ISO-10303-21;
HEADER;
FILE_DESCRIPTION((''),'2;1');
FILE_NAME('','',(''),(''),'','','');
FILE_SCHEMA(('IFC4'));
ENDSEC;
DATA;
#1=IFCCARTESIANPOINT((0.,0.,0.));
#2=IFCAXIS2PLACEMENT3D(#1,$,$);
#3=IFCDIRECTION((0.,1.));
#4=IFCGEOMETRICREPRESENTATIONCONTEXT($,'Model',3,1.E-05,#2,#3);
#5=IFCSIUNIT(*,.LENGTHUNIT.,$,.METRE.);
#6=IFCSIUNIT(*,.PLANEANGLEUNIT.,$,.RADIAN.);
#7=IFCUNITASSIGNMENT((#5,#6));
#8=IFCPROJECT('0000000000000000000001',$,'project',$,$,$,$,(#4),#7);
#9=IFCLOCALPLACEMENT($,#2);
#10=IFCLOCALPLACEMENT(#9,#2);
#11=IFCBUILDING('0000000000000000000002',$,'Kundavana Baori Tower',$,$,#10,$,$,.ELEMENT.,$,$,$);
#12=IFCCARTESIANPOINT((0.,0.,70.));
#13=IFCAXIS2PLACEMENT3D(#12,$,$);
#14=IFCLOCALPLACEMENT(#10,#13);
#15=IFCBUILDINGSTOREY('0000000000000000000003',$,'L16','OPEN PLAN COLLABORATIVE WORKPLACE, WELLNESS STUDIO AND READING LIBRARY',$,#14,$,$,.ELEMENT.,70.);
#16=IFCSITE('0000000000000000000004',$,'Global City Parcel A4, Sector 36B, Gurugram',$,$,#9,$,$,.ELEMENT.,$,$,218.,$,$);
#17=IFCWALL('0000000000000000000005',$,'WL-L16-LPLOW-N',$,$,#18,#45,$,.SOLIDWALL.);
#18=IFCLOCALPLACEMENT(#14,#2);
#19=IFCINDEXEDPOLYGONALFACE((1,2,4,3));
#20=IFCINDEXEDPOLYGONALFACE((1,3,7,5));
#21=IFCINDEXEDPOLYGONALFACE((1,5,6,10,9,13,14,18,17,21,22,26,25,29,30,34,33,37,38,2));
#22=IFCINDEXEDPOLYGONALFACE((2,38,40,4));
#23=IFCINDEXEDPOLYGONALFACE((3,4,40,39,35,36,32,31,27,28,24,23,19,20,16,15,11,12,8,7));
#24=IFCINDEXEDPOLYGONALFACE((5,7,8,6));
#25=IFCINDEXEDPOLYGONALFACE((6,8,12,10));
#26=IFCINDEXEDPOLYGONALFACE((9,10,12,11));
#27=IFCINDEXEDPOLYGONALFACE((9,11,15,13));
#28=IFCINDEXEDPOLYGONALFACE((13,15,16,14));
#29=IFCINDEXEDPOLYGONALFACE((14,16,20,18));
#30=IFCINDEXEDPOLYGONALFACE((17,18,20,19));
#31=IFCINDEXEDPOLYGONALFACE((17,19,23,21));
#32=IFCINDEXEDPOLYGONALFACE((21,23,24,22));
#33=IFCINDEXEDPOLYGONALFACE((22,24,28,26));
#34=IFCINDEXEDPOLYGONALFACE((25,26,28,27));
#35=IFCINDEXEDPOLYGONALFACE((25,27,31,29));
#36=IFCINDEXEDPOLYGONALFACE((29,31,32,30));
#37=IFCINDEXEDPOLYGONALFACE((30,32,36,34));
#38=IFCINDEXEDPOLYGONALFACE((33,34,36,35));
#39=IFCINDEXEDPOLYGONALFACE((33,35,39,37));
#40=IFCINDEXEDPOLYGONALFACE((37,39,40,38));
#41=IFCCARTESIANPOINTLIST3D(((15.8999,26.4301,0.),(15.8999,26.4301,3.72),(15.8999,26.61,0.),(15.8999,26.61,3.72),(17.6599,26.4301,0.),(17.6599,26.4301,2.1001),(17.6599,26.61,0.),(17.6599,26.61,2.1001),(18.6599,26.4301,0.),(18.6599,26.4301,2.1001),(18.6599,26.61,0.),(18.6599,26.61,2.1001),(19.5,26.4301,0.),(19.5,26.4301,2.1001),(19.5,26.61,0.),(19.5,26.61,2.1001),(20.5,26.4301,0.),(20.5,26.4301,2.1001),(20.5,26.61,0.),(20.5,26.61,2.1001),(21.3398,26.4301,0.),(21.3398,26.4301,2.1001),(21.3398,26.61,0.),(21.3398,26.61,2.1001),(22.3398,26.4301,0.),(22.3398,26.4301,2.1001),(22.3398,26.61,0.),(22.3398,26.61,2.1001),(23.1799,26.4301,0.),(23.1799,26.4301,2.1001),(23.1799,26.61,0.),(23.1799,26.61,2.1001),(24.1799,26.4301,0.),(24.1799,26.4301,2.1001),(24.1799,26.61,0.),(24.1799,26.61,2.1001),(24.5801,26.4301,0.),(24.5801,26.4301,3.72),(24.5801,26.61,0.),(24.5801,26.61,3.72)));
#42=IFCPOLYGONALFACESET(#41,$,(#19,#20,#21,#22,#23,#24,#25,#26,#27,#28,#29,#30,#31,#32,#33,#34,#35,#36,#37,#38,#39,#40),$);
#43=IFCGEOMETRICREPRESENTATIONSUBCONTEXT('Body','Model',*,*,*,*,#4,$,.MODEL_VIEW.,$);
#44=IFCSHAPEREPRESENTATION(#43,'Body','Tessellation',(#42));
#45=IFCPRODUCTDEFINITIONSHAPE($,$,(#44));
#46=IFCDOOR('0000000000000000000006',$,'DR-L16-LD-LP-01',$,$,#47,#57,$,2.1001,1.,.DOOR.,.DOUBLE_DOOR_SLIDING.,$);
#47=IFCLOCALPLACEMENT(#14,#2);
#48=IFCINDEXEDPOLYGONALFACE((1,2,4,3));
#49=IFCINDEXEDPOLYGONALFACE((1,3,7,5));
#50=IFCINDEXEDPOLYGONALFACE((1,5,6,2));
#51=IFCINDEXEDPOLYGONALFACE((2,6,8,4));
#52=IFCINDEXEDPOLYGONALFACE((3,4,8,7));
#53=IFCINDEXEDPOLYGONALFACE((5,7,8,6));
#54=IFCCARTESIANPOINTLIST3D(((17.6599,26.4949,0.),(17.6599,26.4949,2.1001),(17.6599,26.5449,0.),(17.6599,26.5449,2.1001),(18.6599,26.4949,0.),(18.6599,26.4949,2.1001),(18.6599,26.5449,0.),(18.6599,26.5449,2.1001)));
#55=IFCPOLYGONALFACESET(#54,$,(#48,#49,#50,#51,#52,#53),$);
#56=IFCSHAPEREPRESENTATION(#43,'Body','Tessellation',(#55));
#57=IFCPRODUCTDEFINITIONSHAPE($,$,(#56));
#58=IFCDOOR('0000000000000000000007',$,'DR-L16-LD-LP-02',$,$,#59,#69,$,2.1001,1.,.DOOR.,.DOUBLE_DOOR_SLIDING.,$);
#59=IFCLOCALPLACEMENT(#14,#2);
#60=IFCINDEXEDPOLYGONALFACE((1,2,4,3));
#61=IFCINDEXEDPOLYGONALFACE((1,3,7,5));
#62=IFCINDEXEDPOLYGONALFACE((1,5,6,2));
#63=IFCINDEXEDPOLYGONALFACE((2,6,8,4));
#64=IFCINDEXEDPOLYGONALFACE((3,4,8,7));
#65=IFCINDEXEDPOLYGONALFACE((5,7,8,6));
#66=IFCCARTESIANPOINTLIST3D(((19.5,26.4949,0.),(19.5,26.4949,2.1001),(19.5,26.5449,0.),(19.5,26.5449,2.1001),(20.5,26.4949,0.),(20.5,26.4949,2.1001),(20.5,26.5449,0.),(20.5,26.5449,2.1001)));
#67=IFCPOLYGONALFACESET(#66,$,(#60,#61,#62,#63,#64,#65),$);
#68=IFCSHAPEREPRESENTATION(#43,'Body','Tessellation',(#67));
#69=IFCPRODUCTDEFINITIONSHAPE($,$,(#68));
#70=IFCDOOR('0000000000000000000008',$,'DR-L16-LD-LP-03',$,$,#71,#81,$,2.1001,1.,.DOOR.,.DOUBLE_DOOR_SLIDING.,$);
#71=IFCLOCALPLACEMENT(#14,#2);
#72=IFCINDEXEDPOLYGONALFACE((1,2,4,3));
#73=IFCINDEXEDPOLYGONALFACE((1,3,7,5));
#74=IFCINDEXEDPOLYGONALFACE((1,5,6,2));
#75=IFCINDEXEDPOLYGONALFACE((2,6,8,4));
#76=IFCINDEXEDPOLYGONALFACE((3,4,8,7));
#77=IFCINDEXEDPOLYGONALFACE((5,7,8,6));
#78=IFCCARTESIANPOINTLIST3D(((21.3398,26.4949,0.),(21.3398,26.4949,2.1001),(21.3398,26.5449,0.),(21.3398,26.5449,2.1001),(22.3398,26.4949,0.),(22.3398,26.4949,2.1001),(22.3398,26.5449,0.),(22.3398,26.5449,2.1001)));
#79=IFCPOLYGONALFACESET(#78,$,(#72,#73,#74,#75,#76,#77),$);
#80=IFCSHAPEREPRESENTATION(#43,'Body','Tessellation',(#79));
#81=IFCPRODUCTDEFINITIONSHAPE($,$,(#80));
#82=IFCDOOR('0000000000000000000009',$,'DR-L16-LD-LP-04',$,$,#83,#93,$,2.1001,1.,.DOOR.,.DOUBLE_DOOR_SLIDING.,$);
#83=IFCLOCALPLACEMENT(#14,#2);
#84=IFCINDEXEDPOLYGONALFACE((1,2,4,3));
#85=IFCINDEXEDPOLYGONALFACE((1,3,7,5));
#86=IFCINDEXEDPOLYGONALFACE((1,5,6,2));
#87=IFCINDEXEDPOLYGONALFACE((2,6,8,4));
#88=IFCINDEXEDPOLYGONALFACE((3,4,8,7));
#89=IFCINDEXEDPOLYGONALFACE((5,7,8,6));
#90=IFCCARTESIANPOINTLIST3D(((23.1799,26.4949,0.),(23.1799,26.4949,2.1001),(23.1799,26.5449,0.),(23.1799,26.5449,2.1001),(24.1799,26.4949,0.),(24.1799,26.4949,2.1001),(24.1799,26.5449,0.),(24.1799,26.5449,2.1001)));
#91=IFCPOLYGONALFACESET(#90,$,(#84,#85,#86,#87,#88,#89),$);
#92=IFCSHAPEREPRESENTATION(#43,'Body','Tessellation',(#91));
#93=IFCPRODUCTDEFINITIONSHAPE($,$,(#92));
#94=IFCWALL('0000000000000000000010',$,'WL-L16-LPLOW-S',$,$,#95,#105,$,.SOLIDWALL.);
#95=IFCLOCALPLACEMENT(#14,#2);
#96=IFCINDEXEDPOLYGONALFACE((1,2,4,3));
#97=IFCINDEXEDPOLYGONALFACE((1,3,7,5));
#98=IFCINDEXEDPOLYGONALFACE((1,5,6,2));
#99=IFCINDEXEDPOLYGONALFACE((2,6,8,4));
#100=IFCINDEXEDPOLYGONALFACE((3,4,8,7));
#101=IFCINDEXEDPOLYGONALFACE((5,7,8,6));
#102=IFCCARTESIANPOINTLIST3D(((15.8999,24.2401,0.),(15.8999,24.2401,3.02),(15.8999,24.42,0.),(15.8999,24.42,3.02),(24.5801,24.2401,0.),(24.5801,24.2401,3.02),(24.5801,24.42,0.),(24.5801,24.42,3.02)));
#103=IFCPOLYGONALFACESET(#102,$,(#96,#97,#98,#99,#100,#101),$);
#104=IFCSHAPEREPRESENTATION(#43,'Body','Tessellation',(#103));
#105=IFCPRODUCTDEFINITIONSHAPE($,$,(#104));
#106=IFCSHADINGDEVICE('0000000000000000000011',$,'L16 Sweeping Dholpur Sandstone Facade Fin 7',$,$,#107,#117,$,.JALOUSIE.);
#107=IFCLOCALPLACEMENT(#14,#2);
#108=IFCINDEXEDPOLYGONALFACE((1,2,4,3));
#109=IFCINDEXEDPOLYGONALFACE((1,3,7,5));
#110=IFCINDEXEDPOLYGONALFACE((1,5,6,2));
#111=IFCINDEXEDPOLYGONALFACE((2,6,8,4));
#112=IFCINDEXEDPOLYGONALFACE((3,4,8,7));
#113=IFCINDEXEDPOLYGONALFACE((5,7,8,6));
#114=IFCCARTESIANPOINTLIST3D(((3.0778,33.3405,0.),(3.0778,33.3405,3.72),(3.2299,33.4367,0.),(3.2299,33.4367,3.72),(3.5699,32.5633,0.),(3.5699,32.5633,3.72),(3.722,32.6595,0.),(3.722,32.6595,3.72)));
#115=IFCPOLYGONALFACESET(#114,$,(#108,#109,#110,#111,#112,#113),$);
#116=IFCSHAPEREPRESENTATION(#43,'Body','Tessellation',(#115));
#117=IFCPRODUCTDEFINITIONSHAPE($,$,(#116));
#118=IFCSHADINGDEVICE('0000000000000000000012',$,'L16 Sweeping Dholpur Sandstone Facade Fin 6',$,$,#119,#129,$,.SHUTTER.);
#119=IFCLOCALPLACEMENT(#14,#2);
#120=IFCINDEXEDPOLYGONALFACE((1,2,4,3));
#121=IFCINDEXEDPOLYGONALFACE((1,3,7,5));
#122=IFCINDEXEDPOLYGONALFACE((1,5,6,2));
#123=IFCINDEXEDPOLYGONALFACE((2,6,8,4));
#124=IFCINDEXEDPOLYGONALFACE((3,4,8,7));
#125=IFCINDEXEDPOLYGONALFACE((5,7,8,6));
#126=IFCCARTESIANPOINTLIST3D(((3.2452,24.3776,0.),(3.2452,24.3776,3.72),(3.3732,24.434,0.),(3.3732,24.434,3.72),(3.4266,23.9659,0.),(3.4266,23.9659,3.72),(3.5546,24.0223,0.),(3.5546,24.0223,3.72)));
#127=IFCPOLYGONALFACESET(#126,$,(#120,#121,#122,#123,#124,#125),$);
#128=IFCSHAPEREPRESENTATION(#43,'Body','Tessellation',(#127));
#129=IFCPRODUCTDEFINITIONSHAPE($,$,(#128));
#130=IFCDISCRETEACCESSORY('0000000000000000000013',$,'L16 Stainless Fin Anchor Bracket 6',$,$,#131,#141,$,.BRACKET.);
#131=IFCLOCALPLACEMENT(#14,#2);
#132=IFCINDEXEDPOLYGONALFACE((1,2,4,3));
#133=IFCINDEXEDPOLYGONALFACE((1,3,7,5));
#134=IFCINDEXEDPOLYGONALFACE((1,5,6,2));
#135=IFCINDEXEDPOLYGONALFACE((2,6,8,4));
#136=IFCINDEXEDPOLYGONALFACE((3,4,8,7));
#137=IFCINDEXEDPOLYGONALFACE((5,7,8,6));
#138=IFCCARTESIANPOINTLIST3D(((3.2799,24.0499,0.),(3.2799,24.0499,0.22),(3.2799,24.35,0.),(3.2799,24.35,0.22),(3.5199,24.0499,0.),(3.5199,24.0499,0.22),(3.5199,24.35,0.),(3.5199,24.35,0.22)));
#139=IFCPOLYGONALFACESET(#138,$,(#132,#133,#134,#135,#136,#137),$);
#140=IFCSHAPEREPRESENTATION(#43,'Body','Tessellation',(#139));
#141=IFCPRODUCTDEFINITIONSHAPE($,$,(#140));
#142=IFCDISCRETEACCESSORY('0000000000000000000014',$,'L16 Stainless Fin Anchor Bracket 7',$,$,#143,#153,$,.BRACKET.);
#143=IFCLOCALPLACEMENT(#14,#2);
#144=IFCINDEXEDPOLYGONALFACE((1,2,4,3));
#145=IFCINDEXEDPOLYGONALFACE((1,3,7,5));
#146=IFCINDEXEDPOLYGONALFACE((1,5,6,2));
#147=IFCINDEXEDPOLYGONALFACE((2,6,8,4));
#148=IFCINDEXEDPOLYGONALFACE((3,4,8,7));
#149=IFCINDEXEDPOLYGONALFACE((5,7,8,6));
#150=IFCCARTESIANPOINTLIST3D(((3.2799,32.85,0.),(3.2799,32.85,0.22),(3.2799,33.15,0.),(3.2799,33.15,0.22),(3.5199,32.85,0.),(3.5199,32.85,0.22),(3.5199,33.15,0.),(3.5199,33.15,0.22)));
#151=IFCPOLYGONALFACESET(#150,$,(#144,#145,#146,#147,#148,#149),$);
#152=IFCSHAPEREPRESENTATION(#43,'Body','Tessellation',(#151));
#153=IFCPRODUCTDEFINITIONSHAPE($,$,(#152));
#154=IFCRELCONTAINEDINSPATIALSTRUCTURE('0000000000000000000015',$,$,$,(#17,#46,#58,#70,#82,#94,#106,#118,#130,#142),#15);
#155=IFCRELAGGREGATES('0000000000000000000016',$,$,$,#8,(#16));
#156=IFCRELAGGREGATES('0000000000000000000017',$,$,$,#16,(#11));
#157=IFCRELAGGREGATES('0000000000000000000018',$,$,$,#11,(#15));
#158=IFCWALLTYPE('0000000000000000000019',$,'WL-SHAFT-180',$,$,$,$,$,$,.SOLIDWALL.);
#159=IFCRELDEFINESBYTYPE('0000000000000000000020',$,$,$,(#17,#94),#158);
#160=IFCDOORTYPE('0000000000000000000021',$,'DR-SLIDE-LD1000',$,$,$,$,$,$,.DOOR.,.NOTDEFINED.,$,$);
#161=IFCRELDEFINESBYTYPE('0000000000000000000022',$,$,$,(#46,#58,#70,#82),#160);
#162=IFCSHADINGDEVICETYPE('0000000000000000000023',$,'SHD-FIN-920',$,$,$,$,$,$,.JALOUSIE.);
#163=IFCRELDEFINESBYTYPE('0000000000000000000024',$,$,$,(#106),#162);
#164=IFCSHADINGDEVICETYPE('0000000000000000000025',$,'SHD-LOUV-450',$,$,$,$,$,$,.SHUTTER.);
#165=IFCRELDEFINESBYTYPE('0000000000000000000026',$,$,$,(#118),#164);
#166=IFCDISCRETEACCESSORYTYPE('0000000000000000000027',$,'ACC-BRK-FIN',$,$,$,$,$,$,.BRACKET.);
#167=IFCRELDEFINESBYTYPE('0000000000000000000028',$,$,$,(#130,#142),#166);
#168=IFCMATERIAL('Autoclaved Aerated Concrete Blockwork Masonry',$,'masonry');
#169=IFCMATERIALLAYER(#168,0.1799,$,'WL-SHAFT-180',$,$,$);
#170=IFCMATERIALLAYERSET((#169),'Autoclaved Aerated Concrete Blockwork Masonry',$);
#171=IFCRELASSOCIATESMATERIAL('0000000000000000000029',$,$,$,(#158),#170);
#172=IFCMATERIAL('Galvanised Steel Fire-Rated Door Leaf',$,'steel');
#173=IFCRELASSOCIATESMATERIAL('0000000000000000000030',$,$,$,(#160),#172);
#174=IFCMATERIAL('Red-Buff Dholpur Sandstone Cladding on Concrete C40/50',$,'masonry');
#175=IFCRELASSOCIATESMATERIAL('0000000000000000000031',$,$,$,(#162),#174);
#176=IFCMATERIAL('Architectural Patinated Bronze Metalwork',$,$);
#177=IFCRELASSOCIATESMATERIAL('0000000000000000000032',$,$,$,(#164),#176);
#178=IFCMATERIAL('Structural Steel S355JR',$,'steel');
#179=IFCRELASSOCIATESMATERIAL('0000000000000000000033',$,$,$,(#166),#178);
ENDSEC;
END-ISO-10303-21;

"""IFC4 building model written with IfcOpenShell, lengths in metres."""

from ifc_helpers import new_model, si_unit, direction, frame, frame_2d, origin, origin_2d, place, context, subcontext, project, spatial, rectangle, extrude, material, layer, layer_set, type_object, element, fill, save


model = new_model("IFC4")

# Units and contexts
model_context = context("Model", 3, precision=1e-05, world=origin(), true_north=direction((0.0, 1.0)))
body_context = subcontext(model_context, "Body", "Model", "MODEL_VIEW")
ifc_project = project(units=[si_unit("LENGTHUNIT", "METRE"), si_unit("PLANEANGLEUNIT", "RADIAN")], contexts=[model_context])

# Site, building, storey
site_placement = place(None, origin())
site = spatial("IfcSite", under=ifc_project, at=site_placement, Name="Global City Parcel A4, Sector 36B, Gurugram", CompositionType="ELEMENT", RefElevation=218.0)
building_placement = place(site_placement, origin())
building = spatial("IfcBuilding", under=site, at=building_placement, Name="Kundavana Baori Tower", CompositionType="ELEMENT")
storey_placement = place(building_placement, frame((0.0, 0.0, 70.0)))
storey = spatial("IfcBuildingStorey", under=building, at=storey_placement, Name="L16", Description="OPEN PLAN COLLABORATIVE WORKPLACE, WELLNESS STUDIO AND READING LIBRARY", CompositionType="ELEMENT", Elevation=70.0)

# Wall, openings, doors
ifc_material_1 = material(Name="Autoclaved Aerated Concrete Blockwork Masonry", Category="masonry")
ifc_layer_1 = layer(ifc_material_1, 0.1799, Name="WL-SHAFT-180")
ifc_layer_set_1 = layer_set([ifc_layer_1], Name="Autoclaved Aerated Concrete Blockwork Masonry")
wall_type_1 = type_object("IfcWallType", Name="WL-SHAFT-180", PredefinedType="SOLIDWALL", material=ifc_layer_set_1)
wall_1_placement = place(storey_placement, frame((15.8999, 26.52, 0.0), z_axis=(0.0, 0.0, 1.0), x_axis=(1.0, 0.0, 0.0)))
wall_1 = element("IfcWall", 1, at=wall_1_placement, inside=storey, type_object=wall_type_1, Name="WL-L16-LPLOW-N", PredefinedType="SOLIDWALL", context=body_context, shape_type="SweptSolid", body=[
    extrude(rectangle(XDim=8.6802, YDim=0.1799, at=frame_2d((4.3401, 0.0))), origin(), (0.0, 0.0, 1.0), 3.72),
])
opening_1_placement = place(wall_1_placement, frame((1.76, 0.0, 0.0)))
opening_1 = element("IfcOpeningElement", 2, at=opening_1_placement, cuts=wall_1, PredefinedType="OPENING", context=body_context, shape_type="SweptSolid", body=[
    extrude(rectangle(XDim=1.0, YDim=2.1001, at=frame_2d((0.5, 1.05))), frame((0.0, 0.1001, 0.0), z_axis=(0.0, -1.0, 0.0), x_axis=(1.0, 0.0, 0.0)), (0.0, 0.0, 1.0), 0.2),
])
opening_2_placement = place(wall_1_placement, frame((3.6001, 0.0, 0.0)))
opening_2 = element("IfcOpeningElement", 3, at=opening_2_placement, cuts=wall_1, PredefinedType="OPENING", context=body_context, shape_type="SweptSolid", body=[
    extrude(rectangle(XDim=1.0, YDim=2.1001, at=frame_2d((0.5, 1.05))), frame((0.0, 0.1001, 0.0), z_axis=(0.0, -1.0, 0.0), x_axis=(1.0, 0.0, 0.0)), (0.0, 0.0, 1.0), 0.2),
])
opening_3_placement = place(wall_1_placement, frame((5.4399, 0.0, 0.0)))
opening_3 = element("IfcOpeningElement", 4, at=opening_3_placement, cuts=wall_1, PredefinedType="OPENING", context=body_context, shape_type="SweptSolid", body=[
    extrude(rectangle(XDim=1.0, YDim=2.1001, at=frame_2d((0.5, 1.05))), frame((0.0, 0.1001, 0.0), z_axis=(0.0, -1.0, 0.0), x_axis=(1.0, 0.0, 0.0)), (0.0, 0.0, 1.0), 0.2),
])
opening_4_placement = place(wall_1_placement, frame((7.28, 0.0, 0.0)))
opening_4 = element("IfcOpeningElement", 5, at=opening_4_placement, cuts=wall_1, PredefinedType="OPENING", context=body_context, shape_type="SweptSolid", body=[
    extrude(rectangle(XDim=1.0, YDim=2.1001, at=frame_2d((0.5, 1.05))), frame((0.0, 0.1001, 0.0), z_axis=(0.0, -1.0, 0.0), x_axis=(1.0, 0.0, 0.0)), (0.0, 0.0, 1.0), 0.2),
])
ifc_material_2 = material(Name="Galvanised Steel Fire-Rated Door Leaf", Category="steel")
door_type = type_object("IfcDoorType", Name="DR-SLIDE-LD1000", OperationType="NOTDEFINED", PredefinedType="DOOR", material=ifc_material_2)
door_1_placement = place(opening_1_placement, origin())
door_1 = element("IfcDoor", 6, at=door_1_placement, inside=storey, type_object=door_type, Name="DR-L16-LD-LP-01", OperationType="DOUBLE_DOOR_SLIDING", OverallHeight=2.1001, OverallWidth=1.0, PredefinedType="DOOR", context=body_context, shape_type="SweptSolid", body=[
    extrude(rectangle(XDim=1.0, YDim=2.1001, at=frame_2d((0.5, 1.05))), frame((0.0, 0.0249, 0.0), z_axis=(0.0, -1.0, 0.0), x_axis=(1.0, 0.0, 0.0)), (0.0, 0.0, 1.0), 0.05),
])
fill(opening_1, door_1)
door_2_placement = place(opening_2_placement, origin())
door_2 = element("IfcDoor", 7, at=door_2_placement, inside=storey, type_object=door_type, Name="DR-L16-LD-LP-02", OperationType="DOUBLE_DOOR_SLIDING", OverallHeight=2.1001, OverallWidth=1.0, PredefinedType="DOOR", context=body_context, shape_type="SweptSolid", body=[
    extrude(rectangle(XDim=1.0, YDim=2.1001, at=frame_2d((0.5, 1.05))), frame((0.0, 0.0249, 0.0), z_axis=(0.0, -1.0, 0.0), x_axis=(1.0, 0.0, 0.0)), (0.0, 0.0, 1.0), 0.05),
])
fill(opening_2, door_2)
door_3_placement = place(opening_3_placement, origin())
door_3 = element("IfcDoor", 8, at=door_3_placement, inside=storey, type_object=door_type, Name="DR-L16-LD-LP-03", OperationType="DOUBLE_DOOR_SLIDING", OverallHeight=2.1001, OverallWidth=1.0, PredefinedType="DOOR", context=body_context, shape_type="SweptSolid", body=[
    extrude(rectangle(XDim=1.0, YDim=2.1001, at=frame_2d((0.5, 1.05))), frame((0.0, 0.0249, 0.0), z_axis=(0.0, -1.0, 0.0), x_axis=(1.0, 0.0, 0.0)), (0.0, 0.0, 1.0), 0.05),
])
fill(opening_3, door_3)
door_4_placement = place(opening_4_placement, origin())
door_4 = element("IfcDoor", 9, at=door_4_placement, inside=storey, type_object=door_type, Name="DR-L16-LD-LP-04", OperationType="DOUBLE_DOOR_SLIDING", OverallHeight=2.1001, OverallWidth=1.0, PredefinedType="DOOR", context=body_context, shape_type="SweptSolid", body=[
    extrude(rectangle(XDim=1.0, YDim=2.1001, at=frame_2d((0.5, 1.05))), frame((0.0, 0.0249, 0.0), z_axis=(0.0, -1.0, 0.0), x_axis=(1.0, 0.0, 0.0)), (0.0, 0.0, 1.0), 0.05),
])
fill(opening_4, door_4)

# Wall
wall_2_placement = place(storey_placement, frame((15.8999, 24.3301, 0.0), z_axis=(0.0, 0.0, 1.0), x_axis=(1.0, 0.0, 0.0)))
element("IfcWall", 10, at=wall_2_placement, inside=storey, type_object=wall_type_1, Name="WL-L16-LPLOW-S", PredefinedType="SOLIDWALL", context=body_context, shape_type="SweptSolid", body=[
    extrude(rectangle(XDim=8.6802, YDim=0.1799, at=frame_2d((4.3401, 0.0))), origin(), (0.0, 0.0, 1.0), 3.02),
])

# Shading devices
ifc_material_3 = material(Name="Red-Buff Dholpur Sandstone Cladding on Concrete C40/50", Category="masonry")
shading_device_type_1 = type_object("IfcShadingDeviceType", Name="SHD-FIN-920", PredefinedType="JALOUSIE", material=ifc_material_3)
shading_device_1_placement = place(storey_placement, frame((3.3999, 33.0, 0.0), z_axis=(0.0, 0.0, 1.0), x_axis=(0.844889, 0.534942, 0.0)))
element("IfcShadingDevice", 11, at=shading_device_1_placement, inside=storey, type_object=shading_device_type_1, Name="L16 Sweeping Dholpur Sandstone Facade Fin 7", PredefinedType="JALOUSIE", context=body_context, shape_type="SweptSolid", body=[
    extrude(rectangle(XDim=0.1799, YDim=0.9199, at=origin_2d()), origin(), (0.0, 0.0, 1.0), 3.72),
])
ifc_material_4 = material(Name="Architectural Patinated Bronze Metalwork")
shading_device_type_2 = type_object("IfcShadingDeviceType", Name="SHD-LOUV-450", PredefinedType="SHUTTER", material=ifc_material_4)
shading_device_2_placement = place(storey_placement, frame((3.3999, 24.2, 0.0), z_axis=(0.0, 0.0, 1.0), x_axis=(0.915171, 0.403066, 0.0)))
element("IfcShadingDevice", 12, at=shading_device_2_placement, inside=storey, type_object=shading_device_type_2, Name="L16 Sweeping Dholpur Sandstone Facade Fin 6", PredefinedType="SHUTTER", context=body_context, shape_type="SweptSolid", body=[
    extrude(rectangle(XDim=0.1399, YDim=0.45, at=origin_2d()), origin(), (0.0, 0.0, 1.0), 3.72),
])

# Discrete accessories
ifc_material_5 = material(Name="Structural Steel S355JR", Category="steel")
discrete_accessory_type = type_object("IfcDiscreteAccessoryType", Name="ACC-BRK-FIN", PredefinedType="BRACKET", material=ifc_material_5)
for number, where, z_axis, x_axis, name in (
    (13, (3.3999, 24.2, 0.0), (0.0, 0.0, 1.0), (1.0, 0.0, 0.0), "L16 Stainless Fin Anchor Bracket 6"),
    (14, (3.3999, 33.0, 0.0), (0.0, 0.0, 1.0), (1.0, 0.0, 0.0), "L16 Stainless Fin Anchor Bracket 7"),
):
    element("IfcDiscreteAccessory", number, at=place(storey_placement, frame(where, z_axis=z_axis, x_axis=x_axis)), inside=storey, type_object=discrete_accessory_type, Name=name, PredefinedType="BRACKET", context=body_context, shape_type="SweptSolid", body=[
        extrude(rectangle(XDim=0.24, YDim=0.3, at=origin_2d()), origin(), (0.0, 0.0, 1.0), 0.22),
    ])

save(model, "model.ifc")
